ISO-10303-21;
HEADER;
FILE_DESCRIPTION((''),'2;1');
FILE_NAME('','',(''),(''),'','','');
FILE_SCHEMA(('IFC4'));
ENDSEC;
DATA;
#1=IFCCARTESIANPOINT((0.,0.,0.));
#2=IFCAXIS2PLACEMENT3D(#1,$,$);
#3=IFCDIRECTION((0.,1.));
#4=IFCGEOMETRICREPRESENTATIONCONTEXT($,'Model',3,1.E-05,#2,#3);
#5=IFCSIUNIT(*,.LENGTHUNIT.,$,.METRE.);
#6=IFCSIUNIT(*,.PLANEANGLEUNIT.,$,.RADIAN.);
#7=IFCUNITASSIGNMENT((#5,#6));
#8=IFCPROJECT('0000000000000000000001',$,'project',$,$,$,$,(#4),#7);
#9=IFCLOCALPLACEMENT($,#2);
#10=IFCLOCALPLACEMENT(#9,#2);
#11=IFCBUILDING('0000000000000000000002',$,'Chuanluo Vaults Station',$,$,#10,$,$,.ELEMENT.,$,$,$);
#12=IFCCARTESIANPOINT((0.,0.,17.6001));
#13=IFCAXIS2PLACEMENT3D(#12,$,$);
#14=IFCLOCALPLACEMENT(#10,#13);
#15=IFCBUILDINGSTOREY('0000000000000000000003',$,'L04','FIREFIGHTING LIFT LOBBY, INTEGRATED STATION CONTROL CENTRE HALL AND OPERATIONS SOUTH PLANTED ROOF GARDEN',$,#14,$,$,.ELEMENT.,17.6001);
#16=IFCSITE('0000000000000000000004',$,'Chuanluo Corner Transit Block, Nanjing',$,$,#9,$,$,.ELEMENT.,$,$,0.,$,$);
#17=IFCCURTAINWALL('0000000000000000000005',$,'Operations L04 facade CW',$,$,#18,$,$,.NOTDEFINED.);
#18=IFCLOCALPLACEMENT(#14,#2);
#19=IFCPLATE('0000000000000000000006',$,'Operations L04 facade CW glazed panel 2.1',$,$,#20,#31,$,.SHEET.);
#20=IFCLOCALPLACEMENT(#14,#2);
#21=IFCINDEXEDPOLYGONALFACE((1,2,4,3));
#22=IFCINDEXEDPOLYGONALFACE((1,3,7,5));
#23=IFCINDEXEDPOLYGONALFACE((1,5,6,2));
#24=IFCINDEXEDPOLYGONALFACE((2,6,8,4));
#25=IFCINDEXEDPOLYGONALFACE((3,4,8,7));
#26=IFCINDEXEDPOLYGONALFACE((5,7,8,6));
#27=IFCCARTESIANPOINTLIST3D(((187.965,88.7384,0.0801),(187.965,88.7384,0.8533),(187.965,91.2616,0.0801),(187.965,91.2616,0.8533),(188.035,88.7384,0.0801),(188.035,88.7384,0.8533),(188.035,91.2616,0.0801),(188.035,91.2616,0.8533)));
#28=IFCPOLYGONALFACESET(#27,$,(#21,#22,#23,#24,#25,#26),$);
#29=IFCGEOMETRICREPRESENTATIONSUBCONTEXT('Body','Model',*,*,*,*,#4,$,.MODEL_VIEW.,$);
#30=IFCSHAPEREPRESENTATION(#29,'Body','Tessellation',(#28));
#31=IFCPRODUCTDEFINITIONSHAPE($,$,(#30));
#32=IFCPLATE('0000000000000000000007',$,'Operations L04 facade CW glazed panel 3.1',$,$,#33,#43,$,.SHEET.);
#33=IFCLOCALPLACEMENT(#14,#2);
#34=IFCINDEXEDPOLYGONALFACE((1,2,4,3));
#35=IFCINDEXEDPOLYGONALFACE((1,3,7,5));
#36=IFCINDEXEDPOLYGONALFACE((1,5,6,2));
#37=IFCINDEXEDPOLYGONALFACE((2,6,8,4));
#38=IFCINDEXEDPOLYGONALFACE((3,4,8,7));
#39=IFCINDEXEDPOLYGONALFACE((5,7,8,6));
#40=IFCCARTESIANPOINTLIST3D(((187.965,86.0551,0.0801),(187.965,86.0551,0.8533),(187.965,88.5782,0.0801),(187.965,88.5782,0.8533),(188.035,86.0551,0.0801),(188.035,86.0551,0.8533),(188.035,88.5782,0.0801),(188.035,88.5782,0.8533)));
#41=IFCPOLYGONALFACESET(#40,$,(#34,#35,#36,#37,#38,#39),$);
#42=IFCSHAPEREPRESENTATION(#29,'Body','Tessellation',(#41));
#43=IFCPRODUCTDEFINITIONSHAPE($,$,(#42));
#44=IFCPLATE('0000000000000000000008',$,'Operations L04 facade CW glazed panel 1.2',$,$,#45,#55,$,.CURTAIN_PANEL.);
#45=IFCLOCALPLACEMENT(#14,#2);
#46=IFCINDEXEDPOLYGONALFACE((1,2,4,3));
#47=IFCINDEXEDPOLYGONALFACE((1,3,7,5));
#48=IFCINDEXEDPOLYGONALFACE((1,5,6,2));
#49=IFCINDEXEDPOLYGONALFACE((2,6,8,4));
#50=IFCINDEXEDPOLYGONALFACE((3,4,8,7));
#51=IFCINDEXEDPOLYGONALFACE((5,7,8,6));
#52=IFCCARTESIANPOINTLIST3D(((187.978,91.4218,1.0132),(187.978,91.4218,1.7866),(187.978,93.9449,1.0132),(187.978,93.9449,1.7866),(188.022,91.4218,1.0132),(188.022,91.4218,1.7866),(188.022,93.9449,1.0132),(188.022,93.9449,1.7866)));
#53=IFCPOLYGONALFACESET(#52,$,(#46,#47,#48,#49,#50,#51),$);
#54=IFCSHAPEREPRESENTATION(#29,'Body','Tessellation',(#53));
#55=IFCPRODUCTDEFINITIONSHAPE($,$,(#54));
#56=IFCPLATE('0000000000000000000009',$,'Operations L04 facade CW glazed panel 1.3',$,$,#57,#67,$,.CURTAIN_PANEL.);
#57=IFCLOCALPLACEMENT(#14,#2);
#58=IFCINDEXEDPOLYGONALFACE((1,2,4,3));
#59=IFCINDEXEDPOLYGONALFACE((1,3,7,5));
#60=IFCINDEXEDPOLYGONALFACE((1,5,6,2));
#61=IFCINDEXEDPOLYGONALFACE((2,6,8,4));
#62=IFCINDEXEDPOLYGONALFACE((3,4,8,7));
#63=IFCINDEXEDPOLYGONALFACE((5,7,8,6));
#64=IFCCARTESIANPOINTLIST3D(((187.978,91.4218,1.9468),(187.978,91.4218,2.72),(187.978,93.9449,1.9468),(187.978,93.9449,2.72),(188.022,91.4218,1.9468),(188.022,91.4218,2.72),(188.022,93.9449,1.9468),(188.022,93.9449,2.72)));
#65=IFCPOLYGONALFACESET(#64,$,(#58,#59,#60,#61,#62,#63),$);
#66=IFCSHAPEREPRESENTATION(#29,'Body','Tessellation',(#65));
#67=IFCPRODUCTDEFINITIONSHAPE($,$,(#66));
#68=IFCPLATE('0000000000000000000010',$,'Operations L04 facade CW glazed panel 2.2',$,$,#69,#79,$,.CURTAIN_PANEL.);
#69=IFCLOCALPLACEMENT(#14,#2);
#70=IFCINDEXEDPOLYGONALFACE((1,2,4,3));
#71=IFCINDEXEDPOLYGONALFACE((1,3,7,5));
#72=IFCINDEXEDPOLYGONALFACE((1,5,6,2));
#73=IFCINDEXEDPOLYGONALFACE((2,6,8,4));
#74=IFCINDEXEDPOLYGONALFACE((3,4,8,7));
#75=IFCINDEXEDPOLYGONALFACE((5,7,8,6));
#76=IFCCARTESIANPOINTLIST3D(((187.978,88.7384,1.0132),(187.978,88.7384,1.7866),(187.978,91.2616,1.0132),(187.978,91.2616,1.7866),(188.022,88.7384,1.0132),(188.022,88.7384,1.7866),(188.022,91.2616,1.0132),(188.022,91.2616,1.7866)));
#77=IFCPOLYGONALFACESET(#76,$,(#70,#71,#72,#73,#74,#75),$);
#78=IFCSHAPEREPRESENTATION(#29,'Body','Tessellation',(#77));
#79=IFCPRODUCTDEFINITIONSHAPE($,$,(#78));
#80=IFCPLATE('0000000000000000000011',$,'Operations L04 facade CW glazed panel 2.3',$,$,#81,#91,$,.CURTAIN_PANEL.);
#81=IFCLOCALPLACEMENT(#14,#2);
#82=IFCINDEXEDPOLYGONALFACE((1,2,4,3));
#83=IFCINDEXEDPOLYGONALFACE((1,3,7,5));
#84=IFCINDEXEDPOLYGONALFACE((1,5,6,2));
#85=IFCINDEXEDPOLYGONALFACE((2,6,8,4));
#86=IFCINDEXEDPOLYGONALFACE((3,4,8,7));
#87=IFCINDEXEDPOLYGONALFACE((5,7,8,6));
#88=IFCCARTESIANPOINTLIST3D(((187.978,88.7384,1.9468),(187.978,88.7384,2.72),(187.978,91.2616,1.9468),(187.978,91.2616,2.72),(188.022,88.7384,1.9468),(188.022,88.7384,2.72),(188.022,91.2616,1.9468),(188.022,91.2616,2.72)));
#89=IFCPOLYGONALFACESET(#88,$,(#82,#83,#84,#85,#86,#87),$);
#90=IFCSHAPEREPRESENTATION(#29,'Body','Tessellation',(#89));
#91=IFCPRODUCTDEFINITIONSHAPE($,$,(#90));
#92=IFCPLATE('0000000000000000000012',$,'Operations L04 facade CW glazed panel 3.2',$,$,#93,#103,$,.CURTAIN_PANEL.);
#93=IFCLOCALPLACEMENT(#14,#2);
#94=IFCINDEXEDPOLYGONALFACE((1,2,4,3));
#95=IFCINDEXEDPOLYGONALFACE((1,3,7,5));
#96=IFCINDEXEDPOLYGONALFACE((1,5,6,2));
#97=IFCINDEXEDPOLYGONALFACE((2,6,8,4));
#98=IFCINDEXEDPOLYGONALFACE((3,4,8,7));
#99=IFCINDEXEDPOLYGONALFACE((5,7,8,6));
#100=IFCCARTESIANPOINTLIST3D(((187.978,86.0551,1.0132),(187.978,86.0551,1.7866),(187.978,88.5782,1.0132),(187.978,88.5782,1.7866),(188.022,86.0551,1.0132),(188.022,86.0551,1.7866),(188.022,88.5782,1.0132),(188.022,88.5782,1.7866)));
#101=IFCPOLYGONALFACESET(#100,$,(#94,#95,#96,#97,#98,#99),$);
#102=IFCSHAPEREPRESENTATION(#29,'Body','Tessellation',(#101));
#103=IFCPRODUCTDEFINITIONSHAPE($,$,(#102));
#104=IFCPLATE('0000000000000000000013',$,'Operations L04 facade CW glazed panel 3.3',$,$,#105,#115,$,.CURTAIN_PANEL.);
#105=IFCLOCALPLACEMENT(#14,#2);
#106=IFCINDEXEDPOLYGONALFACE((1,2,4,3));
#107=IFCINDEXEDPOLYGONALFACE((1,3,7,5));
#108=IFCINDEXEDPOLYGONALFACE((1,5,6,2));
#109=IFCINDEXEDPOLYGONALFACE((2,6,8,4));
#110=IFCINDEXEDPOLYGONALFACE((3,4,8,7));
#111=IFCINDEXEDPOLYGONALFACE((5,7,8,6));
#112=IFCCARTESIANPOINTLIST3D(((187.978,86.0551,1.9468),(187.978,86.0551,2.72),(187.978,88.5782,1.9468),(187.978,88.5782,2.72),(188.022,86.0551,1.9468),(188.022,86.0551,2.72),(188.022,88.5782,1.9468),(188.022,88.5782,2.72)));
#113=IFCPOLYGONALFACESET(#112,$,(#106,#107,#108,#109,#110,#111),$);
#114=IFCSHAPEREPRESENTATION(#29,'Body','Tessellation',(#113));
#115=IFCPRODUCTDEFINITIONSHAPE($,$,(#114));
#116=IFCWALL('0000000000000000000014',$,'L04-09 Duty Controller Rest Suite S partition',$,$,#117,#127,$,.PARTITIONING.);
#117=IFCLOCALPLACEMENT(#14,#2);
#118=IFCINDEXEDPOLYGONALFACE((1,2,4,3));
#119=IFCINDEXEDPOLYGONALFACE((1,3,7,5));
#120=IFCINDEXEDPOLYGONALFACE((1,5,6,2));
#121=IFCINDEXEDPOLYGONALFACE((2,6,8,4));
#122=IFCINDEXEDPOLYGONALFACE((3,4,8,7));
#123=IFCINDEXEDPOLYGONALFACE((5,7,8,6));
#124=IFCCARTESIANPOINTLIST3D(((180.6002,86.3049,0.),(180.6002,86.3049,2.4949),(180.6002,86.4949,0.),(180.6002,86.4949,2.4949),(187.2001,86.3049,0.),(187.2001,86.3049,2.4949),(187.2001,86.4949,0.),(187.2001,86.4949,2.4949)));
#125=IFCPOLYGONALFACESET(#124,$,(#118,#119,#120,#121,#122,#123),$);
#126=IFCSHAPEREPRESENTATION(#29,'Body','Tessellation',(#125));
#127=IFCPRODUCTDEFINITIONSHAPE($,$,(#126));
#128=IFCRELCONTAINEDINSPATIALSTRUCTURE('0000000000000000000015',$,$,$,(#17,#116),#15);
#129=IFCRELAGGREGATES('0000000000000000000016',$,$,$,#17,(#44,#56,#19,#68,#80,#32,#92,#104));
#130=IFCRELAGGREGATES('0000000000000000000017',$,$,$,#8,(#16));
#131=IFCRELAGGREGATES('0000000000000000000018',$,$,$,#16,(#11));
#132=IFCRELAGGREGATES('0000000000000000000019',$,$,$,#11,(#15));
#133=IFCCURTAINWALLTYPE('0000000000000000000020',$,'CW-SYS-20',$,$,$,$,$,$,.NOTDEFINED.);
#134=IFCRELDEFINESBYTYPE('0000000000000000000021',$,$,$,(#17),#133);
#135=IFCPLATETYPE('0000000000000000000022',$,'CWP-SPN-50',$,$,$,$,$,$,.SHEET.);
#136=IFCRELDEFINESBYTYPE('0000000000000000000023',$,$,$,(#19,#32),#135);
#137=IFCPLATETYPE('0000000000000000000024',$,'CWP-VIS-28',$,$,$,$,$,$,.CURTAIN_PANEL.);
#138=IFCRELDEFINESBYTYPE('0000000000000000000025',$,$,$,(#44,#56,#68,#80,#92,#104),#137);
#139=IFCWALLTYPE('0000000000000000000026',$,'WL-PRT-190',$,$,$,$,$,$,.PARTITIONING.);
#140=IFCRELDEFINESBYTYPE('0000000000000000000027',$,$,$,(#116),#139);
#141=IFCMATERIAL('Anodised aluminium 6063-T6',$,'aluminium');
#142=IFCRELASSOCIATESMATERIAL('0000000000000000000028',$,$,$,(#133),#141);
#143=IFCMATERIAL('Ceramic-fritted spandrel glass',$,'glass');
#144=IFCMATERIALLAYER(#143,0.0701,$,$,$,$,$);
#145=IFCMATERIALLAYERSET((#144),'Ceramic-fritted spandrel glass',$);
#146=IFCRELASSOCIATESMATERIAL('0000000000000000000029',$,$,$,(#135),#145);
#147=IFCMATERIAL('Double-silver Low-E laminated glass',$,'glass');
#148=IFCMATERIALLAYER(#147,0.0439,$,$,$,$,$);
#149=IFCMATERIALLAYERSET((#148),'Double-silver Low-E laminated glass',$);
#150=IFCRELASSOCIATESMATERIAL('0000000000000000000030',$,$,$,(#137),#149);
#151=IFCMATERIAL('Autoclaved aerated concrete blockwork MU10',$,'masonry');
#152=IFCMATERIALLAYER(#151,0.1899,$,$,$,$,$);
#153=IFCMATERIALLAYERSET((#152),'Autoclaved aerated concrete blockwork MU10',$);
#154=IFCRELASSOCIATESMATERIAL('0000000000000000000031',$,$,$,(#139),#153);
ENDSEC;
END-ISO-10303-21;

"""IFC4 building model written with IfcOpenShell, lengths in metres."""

from ifc_helpers import new_model, si_unit, direction, frame, frame_2d, origin, origin_2d, place, context, subcontext, project, spatial, rectangle, extrude, material, layer, layer_set, type_object, element, aggregate, save


model = new_model("IFC4")

# Units and contexts
model_context = context("Model", 3, precision=1e-05, world=origin(), true_north=direction((0.0, 1.0)))
body_context = subcontext(model_context, "Body", "Model", "MODEL_VIEW")
ifc_project = project(units=[si_unit("LENGTHUNIT", "METRE"), si_unit("PLANEANGLEUNIT", "RADIAN")], contexts=[model_context])

# Site, building, storey
site_placement = place(None, origin())
site = spatial("IfcSite", under=ifc_project, at=site_placement, Name="Chuanluo Corner Transit Block, Nanjing", CompositionType="ELEMENT", RefElevation=0.0)
building_placement = place(site_placement, origin())
building = spatial("IfcBuilding", under=site, at=building_placement, Name="Chuanluo Vaults Station", CompositionType="ELEMENT")
storey_placement = place(building_placement, frame((0.0, 0.0, 17.6001)))
storey = spatial("IfcBuildingStorey", under=building, at=storey_placement, Name="L04", Description="FIREFIGHTING LIFT LOBBY, INTEGRATED STATION CONTROL CENTRE HALL AND OPERATIONS SOUTH PLANTED ROOF GARDEN", CompositionType="ELEMENT", Elevation=17.6001)

# Curtain wall, plates
ifc_material_1 = material(Name="Anodised aluminium 6063-T6", Category="aluminium")
curtain_wall_type = type_object("IfcCurtainWallType", Name="CW-SYS-20", PredefinedType="NOTDEFINED", material=ifc_material_1)
curtain_wall_placement = place(storey_placement, origin())
curtain_wall = element("IfcCurtainWall", 1, at=curtain_wall_placement, inside=storey, type_object=curtain_wall_type, Name="Operations L04 facade CW", PredefinedType="NOTDEFINED")
ifc_material_2 = material(Name="Ceramic-fritted spandrel glass", Category="glass")
ifc_layer_1 = layer(ifc_material_2, 0.0701)
ifc_layer_set_1 = layer_set([ifc_layer_1], Name="Ceramic-fritted spandrel glass")
plate_type_1 = type_object("IfcPlateType", Name="CWP-SPN-50", PredefinedType="SHEET", material=ifc_layer_set_1)
plate_1_placement = place(storey_placement, frame((188.0, 90.0, 0.0801), z_axis=(0.0, 0.0, 1.0), x_axis=(0.0, -1.0, 0.0)))
plate_1 = element("IfcPlate", 2, at=plate_1_placement, type_object=plate_type_1, Name="Operations L04 facade CW glazed panel 2.1", PredefinedType="SHEET", context=body_context, shape_type="SweptSolid", body=[
    extrude(rectangle(XDim=2.5232, YDim=0.0701, at=origin_2d()), origin(), (0.0, 0.0, 1.0), 0.7732),
])
plate_2_placement = place(storey_placement, frame((188.0, 87.3167, 0.0801), z_axis=(0.0, 0.0, 1.0), x_axis=(0.0, -1.0, 0.0)))
plate_2 = element("IfcPlate", 3, at=plate_2_placement, type_object=plate_type_1, Name="Operations L04 facade CW glazed panel 3.1", PredefinedType="SHEET", context=body_context, shape_type="SweptSolid", body=[
    extrude(rectangle(XDim=2.5232, YDim=0.0701, at=origin_2d()), origin(), (0.0, 0.0, 1.0), 0.7732),
])
ifc_material_3 = material(Name="Double-silver Low-E laminated glass", Category="glass")
ifc_layer_2 = layer(ifc_material_3, 0.0439)
ifc_layer_set_2 = layer_set([ifc_layer_2], Name="Double-silver Low-E laminated glass")
plate_type_2 = type_object("IfcPlateType", Name="CWP-VIS-28", PredefinedType="CURTAIN_PANEL", material=ifc_layer_set_2)
plate_3_placement = place(storey_placement, frame((188.0, 92.6833, 1.0132), z_axis=(0.0, 0.0, 1.0), x_axis=(0.0, -1.0, 0.0)))
plate_3 = element("IfcPlate", 4, at=plate_3_placement, type_object=plate_type_2, Name="Operations L04 facade CW glazed panel 1.2", PredefinedType="CURTAIN_PANEL", context=body_context, shape_type="SweptSolid", body=[
    extrude(rectangle(XDim=2.5232, YDim=0.0439, at=origin_2d()), origin(), (0.0, 0.0, 1.0), 0.7734),
])
plate_4_placement = place(storey_placement, frame((188.0, 92.6833, 1.9468), z_axis=(0.0, 0.0, 1.0), x_axis=(0.0, -1.0, 0.0)))
plate_4 = element("IfcPlate", 5, at=plate_4_placement, type_object=plate_type_2, Name="Operations L04 facade CW glazed panel 1.3", PredefinedType="CURTAIN_PANEL", context=body_context, shape_type="SweptSolid", body=[
    extrude(rectangle(XDim=2.5232, YDim=0.0439, at=origin_2d()), origin(), (0.0, 0.0, 1.0), 0.7732),
])
plate_5_placement = place(storey_placement, frame((188.0, 90.0, 1.0132), z_axis=(0.0, 0.0, 1.0), x_axis=(0.0, -1.0, 0.0)))
plate_5 = element("IfcPlate", 6, at=plate_5_placement, type_object=plate_type_2, Name="Operations L04 facade CW glazed panel 2.2", PredefinedType="CURTAIN_PANEL", context=body_context, shape_type="SweptSolid", body=[
    extrude(rectangle(XDim=2.5232, YDim=0.0439, at=origin_2d()), origin(), (0.0, 0.0, 1.0), 0.7734),
])
plate_6_placement = place(storey_placement, frame((188.0, 90.0, 1.9468), z_axis=(0.0, 0.0, 1.0), x_axis=(0.0, -1.0, 0.0)))
plate_6 = element("IfcPlate", 7, at=plate_6_placement, type_object=plate_type_2, Name="Operations L04 facade CW glazed panel 2.3", PredefinedType="CURTAIN_PANEL", context=body_context, shape_type="SweptSolid", body=[
    extrude(rectangle(XDim=2.5232, YDim=0.0439, at=origin_2d()), origin(), (0.0, 0.0, 1.0), 0.7732),
])
plate_7_placement = place(storey_placement, frame((188.0, 87.3167, 1.0132), z_axis=(0.0, 0.0, 1.0), x_axis=(0.0, -1.0, 0.0)))
plate_7 = element("IfcPlate", 8, at=plate_7_placement, type_object=plate_type_2, Name="Operations L04 facade CW glazed panel 3.2", PredefinedType="CURTAIN_PANEL", context=body_context, shape_type="SweptSolid", body=[
    extrude(rectangle(XDim=2.5232, YDim=0.0439, at=origin_2d()), origin(), (0.0, 0.0, 1.0), 0.7734),
])
plate_8_placement = place(storey_placement, frame((188.0, 87.3167, 1.9468), z_axis=(0.0, 0.0, 1.0), x_axis=(0.0, -1.0, 0.0)))
plate_8 = element("IfcPlate", 9, at=plate_8_placement, type_object=plate_type_2, Name="Operations L04 facade CW glazed panel 3.3", PredefinedType="CURTAIN_PANEL", context=body_context, shape_type="SweptSolid", body=[
    extrude(rectangle(XDim=2.5232, YDim=0.0439, at=origin_2d()), origin(), (0.0, 0.0, 1.0), 0.7732),
])
aggregate(curtain_wall, [plate_3, plate_4, plate_1, plate_5, plate_6, plate_2, plate_7, plate_8])

# Wall
ifc_material_4 = material(Name="Autoclaved aerated concrete blockwork MU10", Category="masonry")
ifc_layer_3 = layer(ifc_material_4, 0.1899)
ifc_layer_set_3 = layer_set([ifc_layer_3], Name="Autoclaved aerated concrete blockwork MU10")
wall_type = type_object("IfcWallType", Name="WL-PRT-190", PredefinedType="PARTITIONING", material=ifc_layer_set_3)
wall_placement = place(storey_placement, frame((187.2, 86.3999, 0.0), z_axis=(0.0, 0.0, 1.0), x_axis=(-1.0, 0.0, 0.0)))
element("IfcWall", 10, at=wall_placement, inside=storey, type_object=wall_type, Name="L04-09 Duty Controller Rest Suite S partition", PredefinedType="PARTITIONING", context=body_context, shape_type="SweptSolid", body=[
    extrude(rectangle(XDim=6.5999, YDim=0.1899, at=frame_2d((3.2998, 0.0))), origin(), (0.0, 0.0, 1.0), 2.4949),
])

save(model, "model.ifc")
